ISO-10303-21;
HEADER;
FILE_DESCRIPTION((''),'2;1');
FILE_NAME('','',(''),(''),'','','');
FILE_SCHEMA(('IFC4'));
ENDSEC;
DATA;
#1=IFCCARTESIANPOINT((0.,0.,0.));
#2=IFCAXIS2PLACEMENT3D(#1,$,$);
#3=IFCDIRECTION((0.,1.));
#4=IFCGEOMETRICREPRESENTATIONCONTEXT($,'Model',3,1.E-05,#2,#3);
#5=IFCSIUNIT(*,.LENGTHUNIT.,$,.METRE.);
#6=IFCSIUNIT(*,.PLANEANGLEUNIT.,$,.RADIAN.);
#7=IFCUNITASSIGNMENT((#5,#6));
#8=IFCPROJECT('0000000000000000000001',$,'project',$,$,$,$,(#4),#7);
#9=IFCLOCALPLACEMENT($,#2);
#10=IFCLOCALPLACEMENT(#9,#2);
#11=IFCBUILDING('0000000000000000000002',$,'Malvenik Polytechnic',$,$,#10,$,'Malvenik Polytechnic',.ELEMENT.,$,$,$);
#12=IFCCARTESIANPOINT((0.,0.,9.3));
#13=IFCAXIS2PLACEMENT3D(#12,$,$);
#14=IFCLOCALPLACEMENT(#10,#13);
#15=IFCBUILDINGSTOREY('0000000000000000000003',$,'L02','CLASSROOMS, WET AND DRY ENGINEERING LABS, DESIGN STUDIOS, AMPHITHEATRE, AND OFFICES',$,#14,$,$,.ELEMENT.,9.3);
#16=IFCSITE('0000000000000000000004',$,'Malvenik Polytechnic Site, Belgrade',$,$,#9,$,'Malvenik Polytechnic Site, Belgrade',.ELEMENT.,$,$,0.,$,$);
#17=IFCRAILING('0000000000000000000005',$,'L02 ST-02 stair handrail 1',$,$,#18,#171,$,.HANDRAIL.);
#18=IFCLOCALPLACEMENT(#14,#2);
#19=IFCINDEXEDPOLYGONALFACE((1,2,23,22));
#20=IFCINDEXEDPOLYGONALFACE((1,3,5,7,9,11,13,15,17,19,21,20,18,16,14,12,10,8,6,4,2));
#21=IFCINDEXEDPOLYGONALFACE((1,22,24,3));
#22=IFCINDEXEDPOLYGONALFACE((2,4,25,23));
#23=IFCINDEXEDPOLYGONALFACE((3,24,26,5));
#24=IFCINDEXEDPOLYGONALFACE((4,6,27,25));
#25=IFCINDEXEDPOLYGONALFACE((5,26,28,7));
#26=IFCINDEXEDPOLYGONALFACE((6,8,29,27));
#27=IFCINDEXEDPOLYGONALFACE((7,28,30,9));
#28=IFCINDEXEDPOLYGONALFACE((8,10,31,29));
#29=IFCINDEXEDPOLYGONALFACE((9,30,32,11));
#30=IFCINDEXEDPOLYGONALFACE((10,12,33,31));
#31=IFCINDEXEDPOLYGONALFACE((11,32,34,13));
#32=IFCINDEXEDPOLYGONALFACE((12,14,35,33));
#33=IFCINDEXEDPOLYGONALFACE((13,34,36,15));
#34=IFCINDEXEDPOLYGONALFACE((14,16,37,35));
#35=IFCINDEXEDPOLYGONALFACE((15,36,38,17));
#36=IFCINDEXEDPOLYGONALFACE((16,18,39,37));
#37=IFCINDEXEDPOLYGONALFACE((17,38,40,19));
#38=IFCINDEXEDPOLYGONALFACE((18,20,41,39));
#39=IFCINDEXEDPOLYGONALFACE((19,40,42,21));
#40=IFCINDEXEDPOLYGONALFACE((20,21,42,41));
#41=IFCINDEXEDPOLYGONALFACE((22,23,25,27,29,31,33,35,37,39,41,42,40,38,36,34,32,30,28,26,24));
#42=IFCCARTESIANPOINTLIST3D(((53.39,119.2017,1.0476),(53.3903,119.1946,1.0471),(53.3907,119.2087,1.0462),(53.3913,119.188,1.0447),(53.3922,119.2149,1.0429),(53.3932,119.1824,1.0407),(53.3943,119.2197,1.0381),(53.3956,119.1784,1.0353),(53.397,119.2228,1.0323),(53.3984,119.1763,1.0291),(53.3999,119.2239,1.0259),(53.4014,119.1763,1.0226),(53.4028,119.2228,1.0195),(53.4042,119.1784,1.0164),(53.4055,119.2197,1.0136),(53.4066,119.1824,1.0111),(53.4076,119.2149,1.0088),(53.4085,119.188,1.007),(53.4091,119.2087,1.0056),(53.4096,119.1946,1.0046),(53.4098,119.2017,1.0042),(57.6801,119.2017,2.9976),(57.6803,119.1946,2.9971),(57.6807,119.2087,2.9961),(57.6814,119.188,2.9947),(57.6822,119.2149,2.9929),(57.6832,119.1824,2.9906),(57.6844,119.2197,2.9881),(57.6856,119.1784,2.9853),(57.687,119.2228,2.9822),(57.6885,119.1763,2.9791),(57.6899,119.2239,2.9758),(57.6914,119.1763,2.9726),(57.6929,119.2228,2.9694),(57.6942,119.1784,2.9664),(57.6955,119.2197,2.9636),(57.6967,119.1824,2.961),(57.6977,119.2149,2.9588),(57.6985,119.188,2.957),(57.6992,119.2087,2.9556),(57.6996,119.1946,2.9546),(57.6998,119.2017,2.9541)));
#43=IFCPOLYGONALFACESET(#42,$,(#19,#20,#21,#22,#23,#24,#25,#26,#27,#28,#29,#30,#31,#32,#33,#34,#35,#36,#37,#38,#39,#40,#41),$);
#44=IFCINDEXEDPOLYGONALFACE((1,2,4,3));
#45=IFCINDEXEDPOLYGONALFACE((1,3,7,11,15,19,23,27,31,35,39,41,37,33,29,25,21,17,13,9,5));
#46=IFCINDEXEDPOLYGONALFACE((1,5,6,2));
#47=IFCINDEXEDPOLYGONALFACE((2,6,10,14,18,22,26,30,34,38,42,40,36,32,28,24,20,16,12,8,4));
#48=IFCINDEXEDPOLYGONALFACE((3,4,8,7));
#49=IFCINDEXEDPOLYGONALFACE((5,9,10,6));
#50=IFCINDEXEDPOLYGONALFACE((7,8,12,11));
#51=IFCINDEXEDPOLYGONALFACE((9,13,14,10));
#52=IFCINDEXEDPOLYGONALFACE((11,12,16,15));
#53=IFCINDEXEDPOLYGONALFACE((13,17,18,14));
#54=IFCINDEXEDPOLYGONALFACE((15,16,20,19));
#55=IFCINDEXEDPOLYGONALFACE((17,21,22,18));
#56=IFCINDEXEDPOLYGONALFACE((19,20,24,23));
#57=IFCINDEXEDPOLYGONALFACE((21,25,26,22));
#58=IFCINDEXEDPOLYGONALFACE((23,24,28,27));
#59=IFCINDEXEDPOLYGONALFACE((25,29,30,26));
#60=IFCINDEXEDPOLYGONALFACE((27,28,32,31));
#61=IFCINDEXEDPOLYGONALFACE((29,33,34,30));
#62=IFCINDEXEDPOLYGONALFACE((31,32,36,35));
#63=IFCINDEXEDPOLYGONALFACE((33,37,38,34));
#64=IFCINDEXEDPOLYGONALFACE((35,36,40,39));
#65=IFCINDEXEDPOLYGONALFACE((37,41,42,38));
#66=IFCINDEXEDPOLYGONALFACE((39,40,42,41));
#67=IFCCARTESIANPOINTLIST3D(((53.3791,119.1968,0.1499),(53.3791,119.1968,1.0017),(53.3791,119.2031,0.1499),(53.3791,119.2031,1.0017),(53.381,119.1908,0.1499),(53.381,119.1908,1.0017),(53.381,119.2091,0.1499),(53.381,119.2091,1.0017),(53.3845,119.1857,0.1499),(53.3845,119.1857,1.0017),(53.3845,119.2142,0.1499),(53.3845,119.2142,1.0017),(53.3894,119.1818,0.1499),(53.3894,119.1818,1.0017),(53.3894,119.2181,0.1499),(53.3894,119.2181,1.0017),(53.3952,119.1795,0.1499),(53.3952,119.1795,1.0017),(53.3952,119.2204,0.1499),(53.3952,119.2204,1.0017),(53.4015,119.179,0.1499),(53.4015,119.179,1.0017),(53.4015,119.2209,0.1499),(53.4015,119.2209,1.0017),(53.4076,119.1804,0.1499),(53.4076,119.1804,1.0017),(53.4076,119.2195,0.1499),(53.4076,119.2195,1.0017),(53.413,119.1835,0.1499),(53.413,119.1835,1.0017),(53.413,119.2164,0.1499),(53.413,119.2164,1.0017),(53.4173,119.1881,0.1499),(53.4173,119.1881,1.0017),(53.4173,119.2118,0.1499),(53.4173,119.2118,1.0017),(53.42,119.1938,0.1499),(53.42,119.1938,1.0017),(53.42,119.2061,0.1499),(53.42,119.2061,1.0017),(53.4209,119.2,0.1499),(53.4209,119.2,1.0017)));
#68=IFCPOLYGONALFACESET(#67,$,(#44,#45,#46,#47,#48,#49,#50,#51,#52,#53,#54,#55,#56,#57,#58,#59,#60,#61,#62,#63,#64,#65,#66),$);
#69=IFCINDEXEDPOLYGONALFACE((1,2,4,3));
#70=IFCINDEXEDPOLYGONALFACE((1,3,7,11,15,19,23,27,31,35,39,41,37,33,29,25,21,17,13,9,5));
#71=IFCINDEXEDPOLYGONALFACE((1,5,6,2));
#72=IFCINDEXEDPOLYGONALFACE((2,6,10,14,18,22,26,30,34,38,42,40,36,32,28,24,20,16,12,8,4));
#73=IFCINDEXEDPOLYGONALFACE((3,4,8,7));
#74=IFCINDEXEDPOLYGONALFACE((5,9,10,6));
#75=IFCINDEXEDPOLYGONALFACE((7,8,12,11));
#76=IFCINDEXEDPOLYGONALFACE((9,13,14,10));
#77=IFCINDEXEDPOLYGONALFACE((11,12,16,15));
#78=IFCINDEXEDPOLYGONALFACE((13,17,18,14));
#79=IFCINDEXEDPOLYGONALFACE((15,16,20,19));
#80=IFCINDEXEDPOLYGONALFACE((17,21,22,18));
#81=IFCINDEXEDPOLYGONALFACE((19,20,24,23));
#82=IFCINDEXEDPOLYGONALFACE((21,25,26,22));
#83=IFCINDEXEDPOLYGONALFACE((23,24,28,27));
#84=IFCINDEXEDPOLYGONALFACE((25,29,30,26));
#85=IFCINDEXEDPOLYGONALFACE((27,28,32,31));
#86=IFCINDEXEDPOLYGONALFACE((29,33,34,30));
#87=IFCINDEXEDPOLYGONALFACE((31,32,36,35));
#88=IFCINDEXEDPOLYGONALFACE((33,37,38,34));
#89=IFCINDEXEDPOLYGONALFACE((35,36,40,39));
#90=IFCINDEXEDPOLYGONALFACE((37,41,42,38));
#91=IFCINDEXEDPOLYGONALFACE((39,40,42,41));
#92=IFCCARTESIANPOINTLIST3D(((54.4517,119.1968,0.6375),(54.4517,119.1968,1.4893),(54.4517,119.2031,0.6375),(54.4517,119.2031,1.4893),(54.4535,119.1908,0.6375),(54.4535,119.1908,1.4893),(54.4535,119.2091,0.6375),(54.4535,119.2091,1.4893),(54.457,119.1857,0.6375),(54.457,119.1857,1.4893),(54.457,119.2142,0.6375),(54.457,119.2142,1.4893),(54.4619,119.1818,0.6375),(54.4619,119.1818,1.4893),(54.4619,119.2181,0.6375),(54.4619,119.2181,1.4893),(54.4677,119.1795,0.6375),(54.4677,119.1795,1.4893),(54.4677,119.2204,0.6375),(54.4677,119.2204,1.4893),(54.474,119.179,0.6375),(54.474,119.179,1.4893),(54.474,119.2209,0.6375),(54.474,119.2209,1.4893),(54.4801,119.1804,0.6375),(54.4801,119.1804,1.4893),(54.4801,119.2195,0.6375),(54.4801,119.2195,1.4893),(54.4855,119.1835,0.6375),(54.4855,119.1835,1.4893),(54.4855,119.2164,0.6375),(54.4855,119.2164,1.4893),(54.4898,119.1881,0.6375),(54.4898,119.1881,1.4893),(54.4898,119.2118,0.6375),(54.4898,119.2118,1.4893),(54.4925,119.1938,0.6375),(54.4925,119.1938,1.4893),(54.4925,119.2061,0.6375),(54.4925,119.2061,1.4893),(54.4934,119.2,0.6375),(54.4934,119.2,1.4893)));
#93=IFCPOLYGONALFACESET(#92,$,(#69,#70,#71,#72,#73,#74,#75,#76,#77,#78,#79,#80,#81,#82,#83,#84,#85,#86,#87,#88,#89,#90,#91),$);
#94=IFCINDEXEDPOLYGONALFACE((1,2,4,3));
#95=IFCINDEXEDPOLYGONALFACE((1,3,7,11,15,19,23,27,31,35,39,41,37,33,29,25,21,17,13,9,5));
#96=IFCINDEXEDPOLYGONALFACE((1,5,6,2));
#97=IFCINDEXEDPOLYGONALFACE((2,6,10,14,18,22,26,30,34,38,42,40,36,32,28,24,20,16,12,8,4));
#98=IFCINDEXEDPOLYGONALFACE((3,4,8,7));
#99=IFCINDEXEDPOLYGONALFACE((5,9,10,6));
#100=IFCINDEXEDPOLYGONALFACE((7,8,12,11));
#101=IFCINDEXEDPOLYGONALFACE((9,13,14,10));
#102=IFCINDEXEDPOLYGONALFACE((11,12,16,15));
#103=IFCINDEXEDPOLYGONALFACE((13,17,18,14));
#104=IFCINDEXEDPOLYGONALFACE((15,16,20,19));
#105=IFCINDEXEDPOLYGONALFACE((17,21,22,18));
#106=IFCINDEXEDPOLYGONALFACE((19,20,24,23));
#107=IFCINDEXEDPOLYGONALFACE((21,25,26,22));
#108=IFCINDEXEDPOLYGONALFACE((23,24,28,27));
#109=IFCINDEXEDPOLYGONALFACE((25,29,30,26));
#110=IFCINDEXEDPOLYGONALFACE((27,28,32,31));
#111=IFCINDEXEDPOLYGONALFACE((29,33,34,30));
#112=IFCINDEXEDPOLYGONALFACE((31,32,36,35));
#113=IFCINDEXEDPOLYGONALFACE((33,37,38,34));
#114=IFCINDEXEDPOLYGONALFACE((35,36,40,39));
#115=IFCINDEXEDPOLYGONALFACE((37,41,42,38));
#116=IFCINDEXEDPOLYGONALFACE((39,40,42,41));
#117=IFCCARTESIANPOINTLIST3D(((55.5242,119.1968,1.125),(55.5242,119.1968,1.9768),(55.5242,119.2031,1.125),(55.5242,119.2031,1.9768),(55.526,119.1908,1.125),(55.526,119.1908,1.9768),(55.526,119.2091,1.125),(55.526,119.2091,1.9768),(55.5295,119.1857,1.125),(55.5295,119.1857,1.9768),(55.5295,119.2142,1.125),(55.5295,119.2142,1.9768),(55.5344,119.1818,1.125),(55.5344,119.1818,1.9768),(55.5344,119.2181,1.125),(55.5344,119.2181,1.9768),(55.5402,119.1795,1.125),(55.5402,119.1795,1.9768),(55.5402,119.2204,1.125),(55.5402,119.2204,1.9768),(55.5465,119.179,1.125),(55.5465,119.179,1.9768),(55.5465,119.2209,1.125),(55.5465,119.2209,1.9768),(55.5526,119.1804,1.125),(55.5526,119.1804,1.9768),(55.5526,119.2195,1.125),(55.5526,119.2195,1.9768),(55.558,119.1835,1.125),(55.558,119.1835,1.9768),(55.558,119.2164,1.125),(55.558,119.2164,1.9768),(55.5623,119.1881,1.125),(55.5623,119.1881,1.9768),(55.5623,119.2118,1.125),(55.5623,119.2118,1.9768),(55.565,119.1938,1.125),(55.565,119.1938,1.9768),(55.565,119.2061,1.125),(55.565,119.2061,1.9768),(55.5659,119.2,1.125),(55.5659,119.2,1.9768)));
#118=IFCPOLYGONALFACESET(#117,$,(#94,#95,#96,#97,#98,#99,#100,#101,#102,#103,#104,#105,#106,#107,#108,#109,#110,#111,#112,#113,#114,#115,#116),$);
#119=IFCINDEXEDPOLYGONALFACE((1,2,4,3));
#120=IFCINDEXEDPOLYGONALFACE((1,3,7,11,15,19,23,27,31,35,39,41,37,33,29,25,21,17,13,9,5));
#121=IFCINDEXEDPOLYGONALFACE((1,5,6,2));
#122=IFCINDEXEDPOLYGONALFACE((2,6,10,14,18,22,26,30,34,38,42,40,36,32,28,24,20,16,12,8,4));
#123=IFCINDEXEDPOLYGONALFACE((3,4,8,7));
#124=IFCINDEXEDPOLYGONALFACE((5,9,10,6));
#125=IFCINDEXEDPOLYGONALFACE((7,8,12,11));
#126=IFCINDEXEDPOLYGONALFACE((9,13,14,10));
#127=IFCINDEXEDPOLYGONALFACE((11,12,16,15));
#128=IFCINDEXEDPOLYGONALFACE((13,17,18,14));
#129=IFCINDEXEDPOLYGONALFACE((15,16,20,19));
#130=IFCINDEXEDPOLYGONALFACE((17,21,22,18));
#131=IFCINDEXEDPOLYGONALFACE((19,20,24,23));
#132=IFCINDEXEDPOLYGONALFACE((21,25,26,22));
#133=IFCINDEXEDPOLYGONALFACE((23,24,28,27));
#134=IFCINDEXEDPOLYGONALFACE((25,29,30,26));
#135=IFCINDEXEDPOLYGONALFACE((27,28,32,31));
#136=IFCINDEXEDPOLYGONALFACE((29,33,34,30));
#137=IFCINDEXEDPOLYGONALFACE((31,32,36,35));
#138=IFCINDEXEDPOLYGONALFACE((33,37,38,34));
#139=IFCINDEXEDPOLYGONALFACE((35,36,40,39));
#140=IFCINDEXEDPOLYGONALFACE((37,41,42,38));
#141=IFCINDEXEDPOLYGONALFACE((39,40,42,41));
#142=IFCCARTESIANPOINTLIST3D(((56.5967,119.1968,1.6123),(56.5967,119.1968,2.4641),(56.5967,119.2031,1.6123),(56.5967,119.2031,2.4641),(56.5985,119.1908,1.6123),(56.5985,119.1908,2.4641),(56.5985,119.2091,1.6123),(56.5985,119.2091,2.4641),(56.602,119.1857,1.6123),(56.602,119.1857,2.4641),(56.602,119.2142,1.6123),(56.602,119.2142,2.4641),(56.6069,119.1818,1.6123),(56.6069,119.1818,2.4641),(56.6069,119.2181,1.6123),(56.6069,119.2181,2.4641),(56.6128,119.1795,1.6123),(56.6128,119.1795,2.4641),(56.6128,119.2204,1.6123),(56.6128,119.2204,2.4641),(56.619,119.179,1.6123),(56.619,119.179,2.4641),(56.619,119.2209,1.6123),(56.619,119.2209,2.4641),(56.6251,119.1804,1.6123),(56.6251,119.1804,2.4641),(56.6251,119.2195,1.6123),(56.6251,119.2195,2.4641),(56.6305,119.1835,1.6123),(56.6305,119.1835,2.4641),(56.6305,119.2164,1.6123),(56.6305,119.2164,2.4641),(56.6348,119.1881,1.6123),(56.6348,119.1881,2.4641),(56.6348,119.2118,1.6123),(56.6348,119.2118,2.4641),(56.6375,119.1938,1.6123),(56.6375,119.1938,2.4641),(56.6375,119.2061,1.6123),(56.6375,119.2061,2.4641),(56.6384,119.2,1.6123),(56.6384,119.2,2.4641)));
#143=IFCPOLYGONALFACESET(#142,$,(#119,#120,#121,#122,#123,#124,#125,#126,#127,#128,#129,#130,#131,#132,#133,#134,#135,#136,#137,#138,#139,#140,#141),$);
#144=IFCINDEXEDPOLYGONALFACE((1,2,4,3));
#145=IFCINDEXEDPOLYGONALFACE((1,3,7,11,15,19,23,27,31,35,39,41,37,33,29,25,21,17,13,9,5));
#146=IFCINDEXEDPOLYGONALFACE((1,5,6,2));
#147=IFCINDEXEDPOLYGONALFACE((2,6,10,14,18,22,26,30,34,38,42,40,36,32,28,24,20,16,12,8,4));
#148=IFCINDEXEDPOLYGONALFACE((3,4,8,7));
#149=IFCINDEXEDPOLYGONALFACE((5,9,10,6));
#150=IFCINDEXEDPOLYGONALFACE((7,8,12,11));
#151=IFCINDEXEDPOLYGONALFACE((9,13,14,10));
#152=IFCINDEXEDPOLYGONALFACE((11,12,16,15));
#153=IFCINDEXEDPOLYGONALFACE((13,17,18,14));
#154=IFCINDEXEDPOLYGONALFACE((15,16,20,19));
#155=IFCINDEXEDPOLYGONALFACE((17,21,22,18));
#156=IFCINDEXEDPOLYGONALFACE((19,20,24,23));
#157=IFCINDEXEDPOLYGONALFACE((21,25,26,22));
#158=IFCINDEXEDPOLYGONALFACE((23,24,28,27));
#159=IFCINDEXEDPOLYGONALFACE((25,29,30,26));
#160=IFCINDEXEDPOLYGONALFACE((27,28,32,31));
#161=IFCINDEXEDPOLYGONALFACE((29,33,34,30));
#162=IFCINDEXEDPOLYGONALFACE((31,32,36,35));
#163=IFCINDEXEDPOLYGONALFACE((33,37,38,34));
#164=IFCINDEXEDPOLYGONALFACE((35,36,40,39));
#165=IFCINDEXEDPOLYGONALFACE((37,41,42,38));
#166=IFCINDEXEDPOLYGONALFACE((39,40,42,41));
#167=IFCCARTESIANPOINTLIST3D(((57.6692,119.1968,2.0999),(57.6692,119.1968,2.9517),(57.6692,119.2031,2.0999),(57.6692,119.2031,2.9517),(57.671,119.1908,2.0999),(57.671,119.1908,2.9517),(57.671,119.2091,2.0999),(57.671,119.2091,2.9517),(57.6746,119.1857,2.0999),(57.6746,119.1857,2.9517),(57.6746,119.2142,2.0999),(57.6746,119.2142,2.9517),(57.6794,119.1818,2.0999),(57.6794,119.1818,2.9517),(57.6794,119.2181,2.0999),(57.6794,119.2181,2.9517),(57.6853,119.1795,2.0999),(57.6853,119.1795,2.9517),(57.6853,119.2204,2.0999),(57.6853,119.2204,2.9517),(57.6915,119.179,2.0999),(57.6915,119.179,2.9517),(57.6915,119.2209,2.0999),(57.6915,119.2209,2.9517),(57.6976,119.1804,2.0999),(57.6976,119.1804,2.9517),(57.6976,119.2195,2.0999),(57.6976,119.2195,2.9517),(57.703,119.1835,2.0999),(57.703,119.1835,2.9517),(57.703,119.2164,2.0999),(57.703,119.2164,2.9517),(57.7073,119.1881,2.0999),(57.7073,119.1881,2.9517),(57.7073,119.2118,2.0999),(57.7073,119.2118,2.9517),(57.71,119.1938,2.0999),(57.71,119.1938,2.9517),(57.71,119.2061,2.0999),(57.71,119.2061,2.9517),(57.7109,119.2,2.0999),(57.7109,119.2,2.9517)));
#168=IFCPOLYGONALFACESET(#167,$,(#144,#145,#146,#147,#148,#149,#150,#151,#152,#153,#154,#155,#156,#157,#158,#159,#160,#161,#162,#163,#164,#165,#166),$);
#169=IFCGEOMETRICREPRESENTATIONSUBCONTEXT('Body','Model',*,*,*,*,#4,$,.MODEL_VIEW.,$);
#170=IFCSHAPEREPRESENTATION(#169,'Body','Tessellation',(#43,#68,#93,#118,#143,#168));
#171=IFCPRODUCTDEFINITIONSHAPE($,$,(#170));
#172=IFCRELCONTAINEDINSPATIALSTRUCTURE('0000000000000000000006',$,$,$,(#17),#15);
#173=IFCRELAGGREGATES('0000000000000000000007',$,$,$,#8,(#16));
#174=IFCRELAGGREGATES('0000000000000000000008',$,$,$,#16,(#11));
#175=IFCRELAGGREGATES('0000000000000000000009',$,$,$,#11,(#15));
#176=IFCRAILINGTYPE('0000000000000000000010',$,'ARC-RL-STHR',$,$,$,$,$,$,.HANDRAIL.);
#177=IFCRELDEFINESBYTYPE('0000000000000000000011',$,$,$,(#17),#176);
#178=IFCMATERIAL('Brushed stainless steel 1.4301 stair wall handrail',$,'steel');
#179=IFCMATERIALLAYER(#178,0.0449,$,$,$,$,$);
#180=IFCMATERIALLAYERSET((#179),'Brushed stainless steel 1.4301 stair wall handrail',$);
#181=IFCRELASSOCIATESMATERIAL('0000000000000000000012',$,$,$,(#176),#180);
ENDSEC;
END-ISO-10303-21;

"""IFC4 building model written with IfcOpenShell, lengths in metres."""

from ifc_helpers import new_model, si_unit, direction, frame, origin, origin_2d, place, context, subcontext, project, spatial, circle, extrude, material, layer, layer_set, type_object, element, save


model = new_model("IFC4")

# Units and contexts
model_context = context("Model", 3, precision=1e-05, world=origin(), true_north=direction((0.0, 1.0)))
body_context = subcontext(model_context, "Body", "Model", "MODEL_VIEW")
ifc_project = project(units=[si_unit("LENGTHUNIT", "METRE"), si_unit("PLANEANGLEUNIT", "RADIAN")], contexts=[model_context])

# Site, building, storey
site_placement = place(None, origin())
site = spatial("IfcSite", under=ifc_project, at=site_placement, Name="Malvenik Polytechnic Site, Belgrade", LongName="Malvenik Polytechnic Site, Belgrade", CompositionType="ELEMENT", RefElevation=0.0)
building_placement = place(site_placement, origin())
building = spatial("IfcBuilding", under=site, at=building_placement, Name="Malvenik Polytechnic", LongName="Malvenik Polytechnic", CompositionType="ELEMENT")
storey_placement = place(building_placement, frame((0.0, 0.0, 9.3)))
storey = spatial("IfcBuildingStorey", under=building, at=storey_placement, Name="L02", Description="CLASSROOMS, WET AND DRY ENGINEERING LABS, DESIGN STUDIOS, AMPHITHEATRE, AND OFFICES", CompositionType="ELEMENT", Elevation=9.3)

# Railing
ifc_material_1 = material(Name="Brushed stainless steel 1.4301 stair wall handrail", Category="steel")
ifc_layer_1 = layer(ifc_material_1, 0.0449)
ifc_layer_set_1 = layer_set([ifc_layer_1], Name="Brushed stainless steel 1.4301 stair wall handrail")
railing_type_1 = type_object("IfcRailingType", Name="ARC-RL-STHR", PredefinedType="HANDRAIL", material=ifc_layer_set_1)
railing_1_placement = place(storey_placement, frame((53.3999, 119.2, 0.1499)))
element("IfcRailing", 1, at=railing_1_placement, inside=storey, type_object=railing_type_1, Name="L02 ST-02 stair handrail 1", PredefinedType="HANDRAIL", context=body_context, shape_type="SweptSolid", body=[
    extrude(circle(Radius=0.0239, at=origin_2d()), frame((0.0, 0.0, 0.876), z_axis=(0.910372, 0.0, 0.413791), x_axis=(0.0, 1.0, 0.0)), (0.0, 0.0, 1.0), 4.7124),
    extrude(circle(Radius=0.021, at=origin_2d()), origin(), (0.0, 0.0, 1.0), 0.8518),
    extrude(circle(Radius=0.021, at=origin_2d()), frame((1.0725, 0.0, 0.4875)), (0.0, 0.0, 1.0), 0.8518),
    extrude(circle(Radius=0.021, at=origin_2d()), frame((2.145, 0.0, 0.9751)), (0.0, 0.0, 1.0), 0.8518),
    extrude(circle(Radius=0.021, at=origin_2d()), frame((3.2175, 0.0, 1.4624)), (0.0, 0.0, 1.0), 0.8518),
    extrude(circle(Radius=0.021, at=origin_2d()), frame((4.29, 0.0, 1.95)), (0.0, 0.0, 1.0), 0.8518),
])

save(model, "model.ifc")
